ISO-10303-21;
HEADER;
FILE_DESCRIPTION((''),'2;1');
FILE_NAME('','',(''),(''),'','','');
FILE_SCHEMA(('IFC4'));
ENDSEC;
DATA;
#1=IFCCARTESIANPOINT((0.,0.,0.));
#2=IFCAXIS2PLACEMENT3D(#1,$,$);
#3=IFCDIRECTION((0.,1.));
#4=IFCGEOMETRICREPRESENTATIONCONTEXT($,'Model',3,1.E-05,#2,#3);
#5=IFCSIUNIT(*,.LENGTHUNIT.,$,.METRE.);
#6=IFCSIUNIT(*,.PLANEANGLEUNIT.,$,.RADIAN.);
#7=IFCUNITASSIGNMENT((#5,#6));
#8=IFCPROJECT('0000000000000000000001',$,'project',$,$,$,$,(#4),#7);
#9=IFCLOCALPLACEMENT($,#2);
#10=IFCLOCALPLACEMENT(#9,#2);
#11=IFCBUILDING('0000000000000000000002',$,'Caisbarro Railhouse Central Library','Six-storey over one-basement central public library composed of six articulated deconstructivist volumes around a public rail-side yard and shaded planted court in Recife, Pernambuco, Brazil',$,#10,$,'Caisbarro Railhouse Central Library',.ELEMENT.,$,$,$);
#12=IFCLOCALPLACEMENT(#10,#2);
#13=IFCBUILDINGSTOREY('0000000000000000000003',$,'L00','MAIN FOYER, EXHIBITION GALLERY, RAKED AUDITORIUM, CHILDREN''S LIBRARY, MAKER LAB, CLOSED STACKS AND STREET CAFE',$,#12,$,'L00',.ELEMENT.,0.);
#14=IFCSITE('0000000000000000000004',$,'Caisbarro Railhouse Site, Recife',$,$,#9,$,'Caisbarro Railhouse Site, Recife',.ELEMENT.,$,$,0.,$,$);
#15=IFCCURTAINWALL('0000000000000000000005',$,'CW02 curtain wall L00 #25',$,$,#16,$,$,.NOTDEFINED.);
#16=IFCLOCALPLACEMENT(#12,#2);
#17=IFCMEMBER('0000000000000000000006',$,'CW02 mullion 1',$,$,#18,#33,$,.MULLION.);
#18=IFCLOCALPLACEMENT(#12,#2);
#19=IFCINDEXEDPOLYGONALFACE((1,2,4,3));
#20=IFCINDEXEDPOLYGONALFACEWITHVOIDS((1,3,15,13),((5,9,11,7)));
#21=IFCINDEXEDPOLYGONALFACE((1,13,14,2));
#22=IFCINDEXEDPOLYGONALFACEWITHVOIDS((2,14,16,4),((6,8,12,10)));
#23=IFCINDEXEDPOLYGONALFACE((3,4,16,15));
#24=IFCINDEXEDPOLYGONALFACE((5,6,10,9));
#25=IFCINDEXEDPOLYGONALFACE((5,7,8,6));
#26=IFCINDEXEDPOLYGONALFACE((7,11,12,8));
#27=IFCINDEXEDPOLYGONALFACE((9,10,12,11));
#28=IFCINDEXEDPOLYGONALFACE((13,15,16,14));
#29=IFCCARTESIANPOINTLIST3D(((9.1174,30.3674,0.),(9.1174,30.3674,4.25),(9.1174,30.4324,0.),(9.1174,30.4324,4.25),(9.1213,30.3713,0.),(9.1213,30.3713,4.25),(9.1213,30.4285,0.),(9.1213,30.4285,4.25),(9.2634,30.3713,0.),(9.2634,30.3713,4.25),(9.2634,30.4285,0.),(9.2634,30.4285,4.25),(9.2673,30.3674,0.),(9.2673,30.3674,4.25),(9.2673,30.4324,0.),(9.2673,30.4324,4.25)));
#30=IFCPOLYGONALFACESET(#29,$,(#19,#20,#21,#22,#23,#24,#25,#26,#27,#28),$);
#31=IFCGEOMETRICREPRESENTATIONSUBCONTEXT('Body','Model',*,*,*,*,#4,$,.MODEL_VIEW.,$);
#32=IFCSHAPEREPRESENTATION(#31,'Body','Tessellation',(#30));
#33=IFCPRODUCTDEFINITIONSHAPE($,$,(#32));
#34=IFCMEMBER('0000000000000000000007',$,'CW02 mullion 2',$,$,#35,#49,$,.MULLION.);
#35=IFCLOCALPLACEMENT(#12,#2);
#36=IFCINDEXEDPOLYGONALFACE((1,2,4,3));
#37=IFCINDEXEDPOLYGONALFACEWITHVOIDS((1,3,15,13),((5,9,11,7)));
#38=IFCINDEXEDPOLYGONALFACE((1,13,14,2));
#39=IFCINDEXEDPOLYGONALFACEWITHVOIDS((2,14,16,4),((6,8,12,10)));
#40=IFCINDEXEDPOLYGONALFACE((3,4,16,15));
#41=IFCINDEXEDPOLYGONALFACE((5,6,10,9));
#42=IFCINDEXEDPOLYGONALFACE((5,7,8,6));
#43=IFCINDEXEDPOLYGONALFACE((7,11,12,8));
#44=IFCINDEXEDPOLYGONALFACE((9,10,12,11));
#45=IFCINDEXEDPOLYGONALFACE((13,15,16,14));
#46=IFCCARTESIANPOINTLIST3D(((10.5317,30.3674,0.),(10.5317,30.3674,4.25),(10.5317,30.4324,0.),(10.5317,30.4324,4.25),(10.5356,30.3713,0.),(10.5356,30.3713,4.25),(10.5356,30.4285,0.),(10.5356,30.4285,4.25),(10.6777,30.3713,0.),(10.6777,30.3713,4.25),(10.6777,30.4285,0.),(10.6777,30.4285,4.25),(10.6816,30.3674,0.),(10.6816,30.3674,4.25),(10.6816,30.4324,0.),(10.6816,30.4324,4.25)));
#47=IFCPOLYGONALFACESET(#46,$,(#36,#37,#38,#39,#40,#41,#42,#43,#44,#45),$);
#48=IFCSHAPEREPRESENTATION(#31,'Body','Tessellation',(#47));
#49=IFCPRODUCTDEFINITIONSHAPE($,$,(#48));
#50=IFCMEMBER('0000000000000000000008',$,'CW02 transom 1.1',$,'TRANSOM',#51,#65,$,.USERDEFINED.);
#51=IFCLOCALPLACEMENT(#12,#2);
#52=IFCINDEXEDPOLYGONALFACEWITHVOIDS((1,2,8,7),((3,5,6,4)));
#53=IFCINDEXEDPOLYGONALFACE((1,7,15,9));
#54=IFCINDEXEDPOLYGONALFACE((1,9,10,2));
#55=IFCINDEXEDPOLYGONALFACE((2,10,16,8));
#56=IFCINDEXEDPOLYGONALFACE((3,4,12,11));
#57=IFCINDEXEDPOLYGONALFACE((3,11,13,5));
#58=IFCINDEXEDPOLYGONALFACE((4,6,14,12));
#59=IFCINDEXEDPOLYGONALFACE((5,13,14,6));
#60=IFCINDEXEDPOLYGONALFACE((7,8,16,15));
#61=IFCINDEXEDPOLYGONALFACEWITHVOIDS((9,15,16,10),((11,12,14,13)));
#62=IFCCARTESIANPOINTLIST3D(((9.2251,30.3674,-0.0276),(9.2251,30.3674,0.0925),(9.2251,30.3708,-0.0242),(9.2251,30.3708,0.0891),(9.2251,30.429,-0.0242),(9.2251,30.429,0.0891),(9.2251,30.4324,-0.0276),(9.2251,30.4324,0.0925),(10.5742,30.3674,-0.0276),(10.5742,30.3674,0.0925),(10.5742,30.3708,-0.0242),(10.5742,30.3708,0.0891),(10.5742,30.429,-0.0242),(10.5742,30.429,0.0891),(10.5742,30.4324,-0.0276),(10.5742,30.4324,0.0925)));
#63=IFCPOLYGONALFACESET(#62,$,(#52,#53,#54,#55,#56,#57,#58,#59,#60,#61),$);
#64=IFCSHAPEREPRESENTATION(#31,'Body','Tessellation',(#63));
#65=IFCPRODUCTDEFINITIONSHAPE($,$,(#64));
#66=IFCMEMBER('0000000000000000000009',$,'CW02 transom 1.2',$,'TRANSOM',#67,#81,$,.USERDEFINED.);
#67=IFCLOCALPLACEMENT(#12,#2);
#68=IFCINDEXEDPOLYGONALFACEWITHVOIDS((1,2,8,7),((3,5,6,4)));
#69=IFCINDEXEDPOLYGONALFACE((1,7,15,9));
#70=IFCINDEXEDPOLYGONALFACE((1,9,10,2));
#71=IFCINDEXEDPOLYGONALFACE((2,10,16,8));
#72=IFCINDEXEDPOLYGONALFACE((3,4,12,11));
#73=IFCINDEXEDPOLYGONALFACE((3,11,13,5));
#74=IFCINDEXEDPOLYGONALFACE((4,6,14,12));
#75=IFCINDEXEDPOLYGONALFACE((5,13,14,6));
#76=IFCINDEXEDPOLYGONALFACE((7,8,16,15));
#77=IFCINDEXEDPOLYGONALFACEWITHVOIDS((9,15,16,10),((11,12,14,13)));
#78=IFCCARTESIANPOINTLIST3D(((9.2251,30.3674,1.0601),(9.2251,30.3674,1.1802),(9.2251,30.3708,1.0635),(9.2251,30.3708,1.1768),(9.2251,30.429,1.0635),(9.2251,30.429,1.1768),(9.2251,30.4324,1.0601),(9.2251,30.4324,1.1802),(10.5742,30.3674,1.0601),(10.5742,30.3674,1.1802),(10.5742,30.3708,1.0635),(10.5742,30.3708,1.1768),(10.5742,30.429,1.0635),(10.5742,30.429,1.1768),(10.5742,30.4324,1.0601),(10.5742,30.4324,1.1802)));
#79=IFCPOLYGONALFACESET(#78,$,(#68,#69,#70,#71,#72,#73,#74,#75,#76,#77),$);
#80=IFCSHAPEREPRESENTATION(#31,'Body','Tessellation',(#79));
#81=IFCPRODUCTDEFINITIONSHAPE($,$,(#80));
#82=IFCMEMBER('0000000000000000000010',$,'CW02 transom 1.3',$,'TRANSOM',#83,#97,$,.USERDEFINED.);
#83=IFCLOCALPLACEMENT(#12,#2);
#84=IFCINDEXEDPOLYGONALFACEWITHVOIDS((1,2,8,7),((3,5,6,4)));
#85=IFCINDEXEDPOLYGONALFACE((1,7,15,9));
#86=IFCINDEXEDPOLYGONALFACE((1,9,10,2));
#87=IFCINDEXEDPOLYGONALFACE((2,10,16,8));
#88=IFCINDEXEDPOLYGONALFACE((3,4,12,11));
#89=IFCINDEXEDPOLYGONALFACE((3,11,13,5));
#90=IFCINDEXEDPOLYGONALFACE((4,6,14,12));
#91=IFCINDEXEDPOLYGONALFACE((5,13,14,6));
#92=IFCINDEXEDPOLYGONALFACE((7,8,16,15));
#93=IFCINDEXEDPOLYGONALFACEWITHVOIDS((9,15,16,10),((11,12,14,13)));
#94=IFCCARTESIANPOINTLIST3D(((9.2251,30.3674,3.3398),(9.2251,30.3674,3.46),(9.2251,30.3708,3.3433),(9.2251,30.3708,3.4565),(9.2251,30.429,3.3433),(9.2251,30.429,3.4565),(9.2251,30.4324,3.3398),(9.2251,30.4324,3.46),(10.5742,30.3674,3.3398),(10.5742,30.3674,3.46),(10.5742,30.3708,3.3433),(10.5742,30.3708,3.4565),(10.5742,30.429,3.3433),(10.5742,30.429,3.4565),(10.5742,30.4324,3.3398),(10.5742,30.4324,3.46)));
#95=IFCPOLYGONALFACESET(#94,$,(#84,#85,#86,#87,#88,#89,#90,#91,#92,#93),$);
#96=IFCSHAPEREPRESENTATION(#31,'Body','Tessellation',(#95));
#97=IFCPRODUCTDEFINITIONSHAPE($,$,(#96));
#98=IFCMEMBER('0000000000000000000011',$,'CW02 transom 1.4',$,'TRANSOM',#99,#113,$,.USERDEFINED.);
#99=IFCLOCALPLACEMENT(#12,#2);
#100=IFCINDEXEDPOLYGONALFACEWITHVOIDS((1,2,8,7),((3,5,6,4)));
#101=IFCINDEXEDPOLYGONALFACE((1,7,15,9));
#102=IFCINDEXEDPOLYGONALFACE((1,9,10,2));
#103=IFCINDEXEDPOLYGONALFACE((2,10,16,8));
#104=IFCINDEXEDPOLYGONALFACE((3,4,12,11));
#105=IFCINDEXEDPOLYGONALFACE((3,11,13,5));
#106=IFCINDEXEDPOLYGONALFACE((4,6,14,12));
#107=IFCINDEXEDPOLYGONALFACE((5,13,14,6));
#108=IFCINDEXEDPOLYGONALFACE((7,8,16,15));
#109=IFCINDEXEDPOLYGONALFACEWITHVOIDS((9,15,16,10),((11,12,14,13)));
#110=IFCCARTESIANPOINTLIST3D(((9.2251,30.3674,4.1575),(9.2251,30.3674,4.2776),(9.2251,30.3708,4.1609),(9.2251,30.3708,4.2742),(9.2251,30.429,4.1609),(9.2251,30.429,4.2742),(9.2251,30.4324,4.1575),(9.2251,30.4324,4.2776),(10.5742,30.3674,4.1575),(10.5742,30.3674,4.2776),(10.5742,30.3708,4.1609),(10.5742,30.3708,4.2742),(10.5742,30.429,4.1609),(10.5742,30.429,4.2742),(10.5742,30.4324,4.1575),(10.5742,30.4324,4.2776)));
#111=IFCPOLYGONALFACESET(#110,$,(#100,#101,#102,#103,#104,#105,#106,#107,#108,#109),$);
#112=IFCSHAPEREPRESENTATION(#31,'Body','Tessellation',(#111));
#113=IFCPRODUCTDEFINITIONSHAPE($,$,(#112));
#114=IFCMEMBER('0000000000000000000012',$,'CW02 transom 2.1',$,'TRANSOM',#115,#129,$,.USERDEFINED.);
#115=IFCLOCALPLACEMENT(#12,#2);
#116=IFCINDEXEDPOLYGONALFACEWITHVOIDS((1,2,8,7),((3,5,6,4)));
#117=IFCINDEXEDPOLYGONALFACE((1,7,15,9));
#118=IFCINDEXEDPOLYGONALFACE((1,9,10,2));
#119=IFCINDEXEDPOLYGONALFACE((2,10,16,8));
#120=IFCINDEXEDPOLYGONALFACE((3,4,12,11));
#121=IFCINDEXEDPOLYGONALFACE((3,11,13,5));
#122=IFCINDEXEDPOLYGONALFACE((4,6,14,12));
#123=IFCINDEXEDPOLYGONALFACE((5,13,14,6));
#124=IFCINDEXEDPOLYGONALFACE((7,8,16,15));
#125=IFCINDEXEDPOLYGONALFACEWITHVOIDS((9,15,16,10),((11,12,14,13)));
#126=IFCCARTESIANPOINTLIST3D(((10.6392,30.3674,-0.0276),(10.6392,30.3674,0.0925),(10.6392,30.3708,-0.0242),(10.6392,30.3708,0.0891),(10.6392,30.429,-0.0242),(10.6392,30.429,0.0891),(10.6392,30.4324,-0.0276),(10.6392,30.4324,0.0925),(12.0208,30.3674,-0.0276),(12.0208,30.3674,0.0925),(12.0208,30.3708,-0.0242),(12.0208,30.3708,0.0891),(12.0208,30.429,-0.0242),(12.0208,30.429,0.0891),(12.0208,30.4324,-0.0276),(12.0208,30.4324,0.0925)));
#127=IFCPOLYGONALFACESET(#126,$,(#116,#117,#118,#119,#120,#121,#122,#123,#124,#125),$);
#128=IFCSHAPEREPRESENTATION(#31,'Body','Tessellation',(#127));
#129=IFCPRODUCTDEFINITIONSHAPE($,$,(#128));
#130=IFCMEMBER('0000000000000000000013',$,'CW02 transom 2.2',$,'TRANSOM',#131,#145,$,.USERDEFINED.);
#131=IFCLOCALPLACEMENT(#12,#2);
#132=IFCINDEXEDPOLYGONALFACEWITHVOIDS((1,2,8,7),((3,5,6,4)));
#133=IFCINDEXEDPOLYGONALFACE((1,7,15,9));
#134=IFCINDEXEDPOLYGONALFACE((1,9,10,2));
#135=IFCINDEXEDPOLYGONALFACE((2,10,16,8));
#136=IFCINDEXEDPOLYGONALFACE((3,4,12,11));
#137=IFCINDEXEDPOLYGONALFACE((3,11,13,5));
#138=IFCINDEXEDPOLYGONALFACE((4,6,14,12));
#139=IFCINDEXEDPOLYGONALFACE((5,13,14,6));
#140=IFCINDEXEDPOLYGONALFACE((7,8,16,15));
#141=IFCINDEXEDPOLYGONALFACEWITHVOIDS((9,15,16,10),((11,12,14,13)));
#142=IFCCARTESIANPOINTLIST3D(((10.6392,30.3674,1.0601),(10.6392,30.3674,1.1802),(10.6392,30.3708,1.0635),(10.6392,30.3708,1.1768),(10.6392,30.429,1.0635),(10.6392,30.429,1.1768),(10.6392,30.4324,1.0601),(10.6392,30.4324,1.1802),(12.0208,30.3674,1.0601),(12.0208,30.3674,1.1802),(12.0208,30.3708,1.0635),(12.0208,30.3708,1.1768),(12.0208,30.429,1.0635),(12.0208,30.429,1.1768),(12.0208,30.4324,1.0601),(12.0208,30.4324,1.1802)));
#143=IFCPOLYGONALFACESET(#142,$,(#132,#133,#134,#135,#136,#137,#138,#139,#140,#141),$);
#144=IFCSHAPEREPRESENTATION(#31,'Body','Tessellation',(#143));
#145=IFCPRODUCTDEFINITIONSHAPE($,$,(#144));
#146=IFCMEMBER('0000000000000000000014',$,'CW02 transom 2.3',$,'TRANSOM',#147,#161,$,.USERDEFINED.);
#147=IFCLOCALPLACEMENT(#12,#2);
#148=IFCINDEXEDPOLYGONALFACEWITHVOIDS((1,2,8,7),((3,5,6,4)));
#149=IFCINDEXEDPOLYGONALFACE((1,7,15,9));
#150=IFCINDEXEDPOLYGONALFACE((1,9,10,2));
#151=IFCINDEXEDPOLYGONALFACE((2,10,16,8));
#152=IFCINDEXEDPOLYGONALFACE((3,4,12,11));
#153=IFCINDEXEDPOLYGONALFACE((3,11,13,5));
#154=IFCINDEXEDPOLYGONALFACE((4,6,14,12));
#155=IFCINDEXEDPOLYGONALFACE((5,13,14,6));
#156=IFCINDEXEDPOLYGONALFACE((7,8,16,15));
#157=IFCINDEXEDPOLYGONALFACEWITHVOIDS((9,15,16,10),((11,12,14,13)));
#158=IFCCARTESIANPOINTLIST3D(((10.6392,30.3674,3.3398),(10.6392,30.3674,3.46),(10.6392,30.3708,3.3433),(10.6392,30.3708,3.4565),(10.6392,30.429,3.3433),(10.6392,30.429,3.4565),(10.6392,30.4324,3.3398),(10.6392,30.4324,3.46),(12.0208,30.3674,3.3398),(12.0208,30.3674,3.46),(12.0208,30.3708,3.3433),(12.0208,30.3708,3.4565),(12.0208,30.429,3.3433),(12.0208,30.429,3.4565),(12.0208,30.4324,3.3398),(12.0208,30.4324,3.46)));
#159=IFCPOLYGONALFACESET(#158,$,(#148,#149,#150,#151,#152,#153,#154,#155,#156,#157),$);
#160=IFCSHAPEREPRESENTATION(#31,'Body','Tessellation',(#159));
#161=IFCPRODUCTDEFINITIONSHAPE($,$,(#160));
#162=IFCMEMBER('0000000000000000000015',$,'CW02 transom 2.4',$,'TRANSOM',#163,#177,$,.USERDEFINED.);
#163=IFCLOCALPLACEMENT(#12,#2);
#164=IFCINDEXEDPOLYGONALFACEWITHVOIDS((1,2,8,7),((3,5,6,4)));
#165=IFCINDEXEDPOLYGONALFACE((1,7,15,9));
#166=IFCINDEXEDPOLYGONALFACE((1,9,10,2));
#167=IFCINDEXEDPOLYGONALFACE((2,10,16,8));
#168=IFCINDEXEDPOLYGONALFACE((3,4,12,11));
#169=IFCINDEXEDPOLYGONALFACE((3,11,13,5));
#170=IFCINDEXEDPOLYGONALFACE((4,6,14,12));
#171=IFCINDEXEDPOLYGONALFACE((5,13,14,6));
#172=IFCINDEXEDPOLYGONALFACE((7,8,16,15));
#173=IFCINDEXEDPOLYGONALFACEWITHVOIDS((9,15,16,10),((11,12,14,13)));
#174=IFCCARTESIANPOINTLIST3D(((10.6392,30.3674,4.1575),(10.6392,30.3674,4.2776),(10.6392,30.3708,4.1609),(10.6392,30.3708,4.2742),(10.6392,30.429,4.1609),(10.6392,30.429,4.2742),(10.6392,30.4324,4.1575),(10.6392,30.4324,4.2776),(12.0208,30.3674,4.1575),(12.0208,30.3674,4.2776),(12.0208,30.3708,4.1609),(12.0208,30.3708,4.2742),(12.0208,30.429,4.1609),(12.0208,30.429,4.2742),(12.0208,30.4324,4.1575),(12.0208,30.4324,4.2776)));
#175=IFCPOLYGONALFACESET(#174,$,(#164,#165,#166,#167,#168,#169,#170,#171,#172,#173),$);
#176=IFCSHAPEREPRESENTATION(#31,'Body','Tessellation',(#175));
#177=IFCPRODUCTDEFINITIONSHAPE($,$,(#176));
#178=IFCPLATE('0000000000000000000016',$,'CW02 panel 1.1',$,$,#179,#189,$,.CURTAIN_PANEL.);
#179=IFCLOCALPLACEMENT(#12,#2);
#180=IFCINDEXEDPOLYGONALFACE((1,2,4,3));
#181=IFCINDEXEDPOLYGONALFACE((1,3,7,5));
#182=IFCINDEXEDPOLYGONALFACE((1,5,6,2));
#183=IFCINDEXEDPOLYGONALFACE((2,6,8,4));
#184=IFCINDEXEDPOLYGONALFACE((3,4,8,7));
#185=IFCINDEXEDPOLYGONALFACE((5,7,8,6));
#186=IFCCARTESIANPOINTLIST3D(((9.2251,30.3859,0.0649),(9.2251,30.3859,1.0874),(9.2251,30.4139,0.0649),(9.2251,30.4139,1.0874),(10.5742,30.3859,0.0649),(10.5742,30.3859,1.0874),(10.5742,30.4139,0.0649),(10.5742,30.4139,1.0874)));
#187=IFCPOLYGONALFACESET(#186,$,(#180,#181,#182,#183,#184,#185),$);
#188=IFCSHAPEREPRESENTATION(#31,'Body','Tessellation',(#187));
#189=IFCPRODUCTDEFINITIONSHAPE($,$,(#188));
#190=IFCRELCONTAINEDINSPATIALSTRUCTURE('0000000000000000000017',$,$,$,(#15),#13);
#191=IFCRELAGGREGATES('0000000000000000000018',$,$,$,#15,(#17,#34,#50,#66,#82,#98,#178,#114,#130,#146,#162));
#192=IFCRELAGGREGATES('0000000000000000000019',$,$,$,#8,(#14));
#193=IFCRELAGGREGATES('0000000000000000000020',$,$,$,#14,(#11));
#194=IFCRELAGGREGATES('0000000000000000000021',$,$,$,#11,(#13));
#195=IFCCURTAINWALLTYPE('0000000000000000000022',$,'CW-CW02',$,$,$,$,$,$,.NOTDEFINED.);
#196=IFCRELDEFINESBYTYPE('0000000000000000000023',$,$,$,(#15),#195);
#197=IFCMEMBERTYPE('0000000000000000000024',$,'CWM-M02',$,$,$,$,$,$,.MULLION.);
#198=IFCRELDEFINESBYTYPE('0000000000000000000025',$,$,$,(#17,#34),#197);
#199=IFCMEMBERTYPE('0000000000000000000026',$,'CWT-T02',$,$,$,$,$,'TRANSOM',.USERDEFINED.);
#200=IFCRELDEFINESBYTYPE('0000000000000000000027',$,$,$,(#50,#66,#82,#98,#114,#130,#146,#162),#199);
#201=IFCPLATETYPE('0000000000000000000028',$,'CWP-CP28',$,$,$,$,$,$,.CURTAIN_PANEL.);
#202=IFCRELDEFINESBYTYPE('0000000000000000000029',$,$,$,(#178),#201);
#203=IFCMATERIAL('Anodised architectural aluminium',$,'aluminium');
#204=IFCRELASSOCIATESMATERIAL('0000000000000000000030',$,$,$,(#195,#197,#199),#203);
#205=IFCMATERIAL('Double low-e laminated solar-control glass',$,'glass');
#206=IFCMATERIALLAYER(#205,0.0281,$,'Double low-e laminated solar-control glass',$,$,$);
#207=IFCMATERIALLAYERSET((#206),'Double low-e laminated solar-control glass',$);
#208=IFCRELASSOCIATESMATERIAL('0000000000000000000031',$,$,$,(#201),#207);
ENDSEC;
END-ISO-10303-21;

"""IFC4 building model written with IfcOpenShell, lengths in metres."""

from ifc_helpers import new_model, si_unit, direction, frame, origin, origin_2d, place, context, subcontext, project, spatial, rectangle, hollow_rectangle, extrude, material, layer, layer_set, material_profile, profile_set, type_object, element, aggregate, save


model = new_model("IFC4")

# Units and contexts
model_context = context("Model", 3, precision=1e-05, world=origin(), true_north=direction((0.0, 1.0)))
body_context = subcontext(model_context, "Body", "Model", "MODEL_VIEW")
ifc_project = project(units=[si_unit("LENGTHUNIT", "METRE"), si_unit("PLANEANGLEUNIT", "RADIAN")], contexts=[model_context])

# Site, building, storey
site_placement = place(None, origin())
site = spatial("IfcSite", under=ifc_project, at=site_placement, Name="Caisbarro Railhouse Site, Recife", LongName="Caisbarro Railhouse Site, Recife", CompositionType="ELEMENT", RefElevation=0.0)
building_placement = place(site_placement, origin())
building = spatial("IfcBuilding", under=site, at=building_placement, Name="Caisbarro Railhouse Central Library", Description="Six-storey over one-basement central public library composed of six articulated deconstructivist volumes around a public rail-side yard and shaded planted court in Recife, Pernambuco, Brazil", LongName="Caisbarro Railhouse Central Library", CompositionType="ELEMENT")
storey_placement = place(building_placement, origin())
storey = spatial("IfcBuildingStorey", under=building, at=storey_placement, Name="L00", Description="MAIN FOYER, EXHIBITION GALLERY, RAKED AUDITORIUM, CHILDREN'S LIBRARY, MAKER LAB, CLOSED STACKS AND STREET CAFE", LongName="L00", CompositionType="ELEMENT", Elevation=0.0)

# Curtain wall, members, plate
ifc_material_1 = material(Name="Anodised architectural aluminium", Category="aluminium")
curtain_wall_type = type_object("IfcCurtainWallType", Name="CW-CW02", PredefinedType="NOTDEFINED", material=ifc_material_1)
curtain_wall_placement = place(storey_placement, origin())
curtain_wall = element("IfcCurtainWall", 1, at=curtain_wall_placement, inside=storey, type_object=curtain_wall_type, Name="CW02 curtain wall L00 #25", PredefinedType="NOTDEFINED")
ifc_material_profile_1 = material_profile(ifc_material_1, hollow_rectangle(XDim=0.0649, YDim=0.1499, WallThickness=0.0039, at=origin_2d()), Name="ALU-MUL-65X150")
ifc_profile_set_1 = profile_set([ifc_material_profile_1], Name="Anodised architectural aluminium")
member_type_1 = type_object("IfcMemberType", Name="CWM-M02", PredefinedType="MULLION", material=ifc_profile_set_1)
member_1_placement = place(storey_placement, frame((9.1924, 30.3999, 0.0), z_axis=(0.0, 0.0, 1.0), x_axis=(0.0, 1.0, 0.0)))
member_1 = element("IfcMember", 2, at=member_1_placement, type_object=member_type_1, Name="CW02 mullion 1", PredefinedType="MULLION", context=body_context, shape_type="SweptSolid", body=[
    extrude(hollow_rectangle(XDim=0.0649, YDim=0.1499, WallThickness=0.0039, at=origin_2d()), origin(), (0.0, 0.0, 1.0), 4.25),
])
member_2_placement = place(storey_placement, frame((10.6067, 30.3999, 0.0), z_axis=(0.0, 0.0, 1.0), x_axis=(0.0, 1.0, 0.0)))
member_2 = element("IfcMember", 3, at=member_2_placement, type_object=member_type_1, Name="CW02 mullion 2", PredefinedType="MULLION", context=body_context, shape_type="SweptSolid", body=[
    extrude(hollow_rectangle(XDim=0.0649, YDim=0.1499, WallThickness=0.0039, at=origin_2d()), origin(), (0.0, 0.0, 1.0), 4.25),
])
ifc_material_profile_2 = material_profile(ifc_material_1, hollow_rectangle(XDim=0.0649, YDim=0.1201, WallThickness=0.0034, at=origin_2d()), Name="ALU-TRN-65X120")
ifc_profile_set_2 = profile_set([ifc_material_profile_2], Name="Anodised architectural aluminium")
member_type_2 = type_object("IfcMemberType", Name="CWT-T02", ElementType="TRANSOM", PredefinedType="USERDEFINED", material=ifc_profile_set_2)
member_3_placement = place(storey_placement, frame((9.2251, 30.3999, 0.0325), z_axis=(1.0, 0.0, 0.0), x_axis=(0.0, 1.0, 0.0)))
member_3 = element("IfcMember", 4, at=member_3_placement, type_object=member_type_2, Name="CW02 transom 1.1", ObjectType="TRANSOM", PredefinedType="USERDEFINED", context=body_context, shape_type="SweptSolid", body=[
    extrude(hollow_rectangle(XDim=0.0649, YDim=0.1201, WallThickness=0.0034, at=origin_2d()), origin(), (0.0, 0.0, 1.0), 1.3491),
])
member_4_placement = place(storey_placement, frame((9.2251, 30.3999, 1.1201), z_axis=(1.0, 0.0, 0.0), x_axis=(0.0, 1.0, 0.0)))
member_4 = element("IfcMember", 5, at=member_4_placement, type_object=member_type_2, Name="CW02 transom 1.2", ObjectType="TRANSOM", PredefinedType="USERDEFINED", context=body_context, shape_type="SweptSolid", body=[
    extrude(hollow_rectangle(XDim=0.0649, YDim=0.1201, WallThickness=0.0034, at=origin_2d()), origin(), (0.0, 0.0, 1.0), 1.3491),
])
member_5_placement = place(storey_placement, frame((9.2251, 30.3999, 3.3999), z_axis=(1.0, 0.0, 0.0), x_axis=(0.0, 1.0, 0.0)))
member_5 = element("IfcMember", 6, at=member_5_placement, type_object=member_type_2, Name="CW02 transom 1.3", ObjectType="TRANSOM", PredefinedType="USERDEFINED", context=body_context, shape_type="SweptSolid", body=[
    extrude(hollow_rectangle(XDim=0.0649, YDim=0.1201, WallThickness=0.0034, at=origin_2d()), origin(), (0.0, 0.0, 1.0), 1.3491),
])
member_6_placement = place(storey_placement, frame((9.2251, 30.3999, 4.2175), z_axis=(1.0, 0.0, 0.0), x_axis=(0.0, 1.0, 0.0)))
member_6 = element("IfcMember", 7, at=member_6_placement, type_object=member_type_2, Name="CW02 transom 1.4", ObjectType="TRANSOM", PredefinedType="USERDEFINED", context=body_context, shape_type="SweptSolid", body=[
    extrude(hollow_rectangle(XDim=0.0649, YDim=0.1201, WallThickness=0.0034, at=origin_2d()), origin(), (0.0, 0.0, 1.0), 1.3491),
])
member_7_placement = place(storey_placement, frame((10.6392, 30.3999, 0.0325), z_axis=(1.0, 0.0, 0.0), x_axis=(0.0, 1.0, 0.0)))
member_7 = element("IfcMember", 8, at=member_7_placement, type_object=member_type_2, Name="CW02 transom 2.1", ObjectType="TRANSOM", PredefinedType="USERDEFINED", context=body_context, shape_type="SweptSolid", body=[
    extrude(hollow_rectangle(XDim=0.0649, YDim=0.1201, WallThickness=0.0034, at=origin_2d()), origin(), (0.0, 0.0, 1.0), 1.3816),
])
member_8_placement = place(storey_placement, frame((10.6392, 30.3999, 1.1201), z_axis=(1.0, 0.0, 0.0), x_axis=(0.0, 1.0, 0.0)))
member_8 = element("IfcMember", 9, at=member_8_placement, type_object=member_type_2, Name="CW02 transom 2.2", ObjectType="TRANSOM", PredefinedType="USERDEFINED", context=body_context, shape_type="SweptSolid", body=[
    extrude(hollow_rectangle(XDim=0.0649, YDim=0.1201, WallThickness=0.0034, at=origin_2d()), origin(), (0.0, 0.0, 1.0), 1.3816),
])
member_9_placement = place(storey_placement, frame((10.6392, 30.3999, 3.3999), z_axis=(1.0, 0.0, 0.0), x_axis=(0.0, 1.0, 0.0)))
member_9 = element("IfcMember", 10, at=member_9_placement, type_object=member_type_2, Name="CW02 transom 2.3", ObjectType="TRANSOM", PredefinedType="USERDEFINED", context=body_context, shape_type="SweptSolid", body=[
    extrude(hollow_rectangle(XDim=0.0649, YDim=0.1201, WallThickness=0.0034, at=origin_2d()), origin(), (0.0, 0.0, 1.0), 1.3816),
])
member_10_placement = place(storey_placement, frame((10.6392, 30.3999, 4.2175), z_axis=(1.0, 0.0, 0.0), x_axis=(0.0, 1.0, 0.0)))
member_10 = element("IfcMember", 11, at=member_10_placement, type_object=member_type_2, Name="CW02 transom 2.4", ObjectType="TRANSOM", PredefinedType="USERDEFINED", context=body_context, shape_type="SweptSolid", body=[
    extrude(hollow_rectangle(XDim=0.0649, YDim=0.1201, WallThickness=0.0034, at=origin_2d()), origin(), (0.0, 0.0, 1.0), 1.3816),
])
ifc_material_2 = material(Name="Double low-e laminated solar-control glass", Category="glass")
ifc_layer_1 = layer(ifc_material_2, 0.0281, Name="Double low-e laminated solar-control glass")
ifc_layer_set_1 = layer_set([ifc_layer_1], Name="Double low-e laminated solar-control glass")
plate_type = type_object("IfcPlateType", Name="CWP-CP28", PredefinedType="CURTAIN_PANEL", material=ifc_layer_set_1)
plate_1_placement = place(storey_placement, frame((9.8997, 30.3999, 0.0649), z_axis=(0.0, 0.0, 1.0), x_axis=(1.0, 0.0, 0.0)))
plate_1 = element("IfcPlate", 12, at=plate_1_placement, type_object=plate_type, Name="CW02 panel 1.1", PredefinedType="CURTAIN_PANEL", context=body_context, shape_type="SweptSolid", body=[
    extrude(rectangle(XDim=1.3491, YDim=0.0281, at=origin_2d()), origin(), (0.0, 0.0, 1.0), 1.0225),
])
aggregate(curtain_wall, [member_1, member_2, member_3, member_4, member_5, member_6, plate_1, member_7, member_8, member_9, member_10])

save(model, "model.ifc")
